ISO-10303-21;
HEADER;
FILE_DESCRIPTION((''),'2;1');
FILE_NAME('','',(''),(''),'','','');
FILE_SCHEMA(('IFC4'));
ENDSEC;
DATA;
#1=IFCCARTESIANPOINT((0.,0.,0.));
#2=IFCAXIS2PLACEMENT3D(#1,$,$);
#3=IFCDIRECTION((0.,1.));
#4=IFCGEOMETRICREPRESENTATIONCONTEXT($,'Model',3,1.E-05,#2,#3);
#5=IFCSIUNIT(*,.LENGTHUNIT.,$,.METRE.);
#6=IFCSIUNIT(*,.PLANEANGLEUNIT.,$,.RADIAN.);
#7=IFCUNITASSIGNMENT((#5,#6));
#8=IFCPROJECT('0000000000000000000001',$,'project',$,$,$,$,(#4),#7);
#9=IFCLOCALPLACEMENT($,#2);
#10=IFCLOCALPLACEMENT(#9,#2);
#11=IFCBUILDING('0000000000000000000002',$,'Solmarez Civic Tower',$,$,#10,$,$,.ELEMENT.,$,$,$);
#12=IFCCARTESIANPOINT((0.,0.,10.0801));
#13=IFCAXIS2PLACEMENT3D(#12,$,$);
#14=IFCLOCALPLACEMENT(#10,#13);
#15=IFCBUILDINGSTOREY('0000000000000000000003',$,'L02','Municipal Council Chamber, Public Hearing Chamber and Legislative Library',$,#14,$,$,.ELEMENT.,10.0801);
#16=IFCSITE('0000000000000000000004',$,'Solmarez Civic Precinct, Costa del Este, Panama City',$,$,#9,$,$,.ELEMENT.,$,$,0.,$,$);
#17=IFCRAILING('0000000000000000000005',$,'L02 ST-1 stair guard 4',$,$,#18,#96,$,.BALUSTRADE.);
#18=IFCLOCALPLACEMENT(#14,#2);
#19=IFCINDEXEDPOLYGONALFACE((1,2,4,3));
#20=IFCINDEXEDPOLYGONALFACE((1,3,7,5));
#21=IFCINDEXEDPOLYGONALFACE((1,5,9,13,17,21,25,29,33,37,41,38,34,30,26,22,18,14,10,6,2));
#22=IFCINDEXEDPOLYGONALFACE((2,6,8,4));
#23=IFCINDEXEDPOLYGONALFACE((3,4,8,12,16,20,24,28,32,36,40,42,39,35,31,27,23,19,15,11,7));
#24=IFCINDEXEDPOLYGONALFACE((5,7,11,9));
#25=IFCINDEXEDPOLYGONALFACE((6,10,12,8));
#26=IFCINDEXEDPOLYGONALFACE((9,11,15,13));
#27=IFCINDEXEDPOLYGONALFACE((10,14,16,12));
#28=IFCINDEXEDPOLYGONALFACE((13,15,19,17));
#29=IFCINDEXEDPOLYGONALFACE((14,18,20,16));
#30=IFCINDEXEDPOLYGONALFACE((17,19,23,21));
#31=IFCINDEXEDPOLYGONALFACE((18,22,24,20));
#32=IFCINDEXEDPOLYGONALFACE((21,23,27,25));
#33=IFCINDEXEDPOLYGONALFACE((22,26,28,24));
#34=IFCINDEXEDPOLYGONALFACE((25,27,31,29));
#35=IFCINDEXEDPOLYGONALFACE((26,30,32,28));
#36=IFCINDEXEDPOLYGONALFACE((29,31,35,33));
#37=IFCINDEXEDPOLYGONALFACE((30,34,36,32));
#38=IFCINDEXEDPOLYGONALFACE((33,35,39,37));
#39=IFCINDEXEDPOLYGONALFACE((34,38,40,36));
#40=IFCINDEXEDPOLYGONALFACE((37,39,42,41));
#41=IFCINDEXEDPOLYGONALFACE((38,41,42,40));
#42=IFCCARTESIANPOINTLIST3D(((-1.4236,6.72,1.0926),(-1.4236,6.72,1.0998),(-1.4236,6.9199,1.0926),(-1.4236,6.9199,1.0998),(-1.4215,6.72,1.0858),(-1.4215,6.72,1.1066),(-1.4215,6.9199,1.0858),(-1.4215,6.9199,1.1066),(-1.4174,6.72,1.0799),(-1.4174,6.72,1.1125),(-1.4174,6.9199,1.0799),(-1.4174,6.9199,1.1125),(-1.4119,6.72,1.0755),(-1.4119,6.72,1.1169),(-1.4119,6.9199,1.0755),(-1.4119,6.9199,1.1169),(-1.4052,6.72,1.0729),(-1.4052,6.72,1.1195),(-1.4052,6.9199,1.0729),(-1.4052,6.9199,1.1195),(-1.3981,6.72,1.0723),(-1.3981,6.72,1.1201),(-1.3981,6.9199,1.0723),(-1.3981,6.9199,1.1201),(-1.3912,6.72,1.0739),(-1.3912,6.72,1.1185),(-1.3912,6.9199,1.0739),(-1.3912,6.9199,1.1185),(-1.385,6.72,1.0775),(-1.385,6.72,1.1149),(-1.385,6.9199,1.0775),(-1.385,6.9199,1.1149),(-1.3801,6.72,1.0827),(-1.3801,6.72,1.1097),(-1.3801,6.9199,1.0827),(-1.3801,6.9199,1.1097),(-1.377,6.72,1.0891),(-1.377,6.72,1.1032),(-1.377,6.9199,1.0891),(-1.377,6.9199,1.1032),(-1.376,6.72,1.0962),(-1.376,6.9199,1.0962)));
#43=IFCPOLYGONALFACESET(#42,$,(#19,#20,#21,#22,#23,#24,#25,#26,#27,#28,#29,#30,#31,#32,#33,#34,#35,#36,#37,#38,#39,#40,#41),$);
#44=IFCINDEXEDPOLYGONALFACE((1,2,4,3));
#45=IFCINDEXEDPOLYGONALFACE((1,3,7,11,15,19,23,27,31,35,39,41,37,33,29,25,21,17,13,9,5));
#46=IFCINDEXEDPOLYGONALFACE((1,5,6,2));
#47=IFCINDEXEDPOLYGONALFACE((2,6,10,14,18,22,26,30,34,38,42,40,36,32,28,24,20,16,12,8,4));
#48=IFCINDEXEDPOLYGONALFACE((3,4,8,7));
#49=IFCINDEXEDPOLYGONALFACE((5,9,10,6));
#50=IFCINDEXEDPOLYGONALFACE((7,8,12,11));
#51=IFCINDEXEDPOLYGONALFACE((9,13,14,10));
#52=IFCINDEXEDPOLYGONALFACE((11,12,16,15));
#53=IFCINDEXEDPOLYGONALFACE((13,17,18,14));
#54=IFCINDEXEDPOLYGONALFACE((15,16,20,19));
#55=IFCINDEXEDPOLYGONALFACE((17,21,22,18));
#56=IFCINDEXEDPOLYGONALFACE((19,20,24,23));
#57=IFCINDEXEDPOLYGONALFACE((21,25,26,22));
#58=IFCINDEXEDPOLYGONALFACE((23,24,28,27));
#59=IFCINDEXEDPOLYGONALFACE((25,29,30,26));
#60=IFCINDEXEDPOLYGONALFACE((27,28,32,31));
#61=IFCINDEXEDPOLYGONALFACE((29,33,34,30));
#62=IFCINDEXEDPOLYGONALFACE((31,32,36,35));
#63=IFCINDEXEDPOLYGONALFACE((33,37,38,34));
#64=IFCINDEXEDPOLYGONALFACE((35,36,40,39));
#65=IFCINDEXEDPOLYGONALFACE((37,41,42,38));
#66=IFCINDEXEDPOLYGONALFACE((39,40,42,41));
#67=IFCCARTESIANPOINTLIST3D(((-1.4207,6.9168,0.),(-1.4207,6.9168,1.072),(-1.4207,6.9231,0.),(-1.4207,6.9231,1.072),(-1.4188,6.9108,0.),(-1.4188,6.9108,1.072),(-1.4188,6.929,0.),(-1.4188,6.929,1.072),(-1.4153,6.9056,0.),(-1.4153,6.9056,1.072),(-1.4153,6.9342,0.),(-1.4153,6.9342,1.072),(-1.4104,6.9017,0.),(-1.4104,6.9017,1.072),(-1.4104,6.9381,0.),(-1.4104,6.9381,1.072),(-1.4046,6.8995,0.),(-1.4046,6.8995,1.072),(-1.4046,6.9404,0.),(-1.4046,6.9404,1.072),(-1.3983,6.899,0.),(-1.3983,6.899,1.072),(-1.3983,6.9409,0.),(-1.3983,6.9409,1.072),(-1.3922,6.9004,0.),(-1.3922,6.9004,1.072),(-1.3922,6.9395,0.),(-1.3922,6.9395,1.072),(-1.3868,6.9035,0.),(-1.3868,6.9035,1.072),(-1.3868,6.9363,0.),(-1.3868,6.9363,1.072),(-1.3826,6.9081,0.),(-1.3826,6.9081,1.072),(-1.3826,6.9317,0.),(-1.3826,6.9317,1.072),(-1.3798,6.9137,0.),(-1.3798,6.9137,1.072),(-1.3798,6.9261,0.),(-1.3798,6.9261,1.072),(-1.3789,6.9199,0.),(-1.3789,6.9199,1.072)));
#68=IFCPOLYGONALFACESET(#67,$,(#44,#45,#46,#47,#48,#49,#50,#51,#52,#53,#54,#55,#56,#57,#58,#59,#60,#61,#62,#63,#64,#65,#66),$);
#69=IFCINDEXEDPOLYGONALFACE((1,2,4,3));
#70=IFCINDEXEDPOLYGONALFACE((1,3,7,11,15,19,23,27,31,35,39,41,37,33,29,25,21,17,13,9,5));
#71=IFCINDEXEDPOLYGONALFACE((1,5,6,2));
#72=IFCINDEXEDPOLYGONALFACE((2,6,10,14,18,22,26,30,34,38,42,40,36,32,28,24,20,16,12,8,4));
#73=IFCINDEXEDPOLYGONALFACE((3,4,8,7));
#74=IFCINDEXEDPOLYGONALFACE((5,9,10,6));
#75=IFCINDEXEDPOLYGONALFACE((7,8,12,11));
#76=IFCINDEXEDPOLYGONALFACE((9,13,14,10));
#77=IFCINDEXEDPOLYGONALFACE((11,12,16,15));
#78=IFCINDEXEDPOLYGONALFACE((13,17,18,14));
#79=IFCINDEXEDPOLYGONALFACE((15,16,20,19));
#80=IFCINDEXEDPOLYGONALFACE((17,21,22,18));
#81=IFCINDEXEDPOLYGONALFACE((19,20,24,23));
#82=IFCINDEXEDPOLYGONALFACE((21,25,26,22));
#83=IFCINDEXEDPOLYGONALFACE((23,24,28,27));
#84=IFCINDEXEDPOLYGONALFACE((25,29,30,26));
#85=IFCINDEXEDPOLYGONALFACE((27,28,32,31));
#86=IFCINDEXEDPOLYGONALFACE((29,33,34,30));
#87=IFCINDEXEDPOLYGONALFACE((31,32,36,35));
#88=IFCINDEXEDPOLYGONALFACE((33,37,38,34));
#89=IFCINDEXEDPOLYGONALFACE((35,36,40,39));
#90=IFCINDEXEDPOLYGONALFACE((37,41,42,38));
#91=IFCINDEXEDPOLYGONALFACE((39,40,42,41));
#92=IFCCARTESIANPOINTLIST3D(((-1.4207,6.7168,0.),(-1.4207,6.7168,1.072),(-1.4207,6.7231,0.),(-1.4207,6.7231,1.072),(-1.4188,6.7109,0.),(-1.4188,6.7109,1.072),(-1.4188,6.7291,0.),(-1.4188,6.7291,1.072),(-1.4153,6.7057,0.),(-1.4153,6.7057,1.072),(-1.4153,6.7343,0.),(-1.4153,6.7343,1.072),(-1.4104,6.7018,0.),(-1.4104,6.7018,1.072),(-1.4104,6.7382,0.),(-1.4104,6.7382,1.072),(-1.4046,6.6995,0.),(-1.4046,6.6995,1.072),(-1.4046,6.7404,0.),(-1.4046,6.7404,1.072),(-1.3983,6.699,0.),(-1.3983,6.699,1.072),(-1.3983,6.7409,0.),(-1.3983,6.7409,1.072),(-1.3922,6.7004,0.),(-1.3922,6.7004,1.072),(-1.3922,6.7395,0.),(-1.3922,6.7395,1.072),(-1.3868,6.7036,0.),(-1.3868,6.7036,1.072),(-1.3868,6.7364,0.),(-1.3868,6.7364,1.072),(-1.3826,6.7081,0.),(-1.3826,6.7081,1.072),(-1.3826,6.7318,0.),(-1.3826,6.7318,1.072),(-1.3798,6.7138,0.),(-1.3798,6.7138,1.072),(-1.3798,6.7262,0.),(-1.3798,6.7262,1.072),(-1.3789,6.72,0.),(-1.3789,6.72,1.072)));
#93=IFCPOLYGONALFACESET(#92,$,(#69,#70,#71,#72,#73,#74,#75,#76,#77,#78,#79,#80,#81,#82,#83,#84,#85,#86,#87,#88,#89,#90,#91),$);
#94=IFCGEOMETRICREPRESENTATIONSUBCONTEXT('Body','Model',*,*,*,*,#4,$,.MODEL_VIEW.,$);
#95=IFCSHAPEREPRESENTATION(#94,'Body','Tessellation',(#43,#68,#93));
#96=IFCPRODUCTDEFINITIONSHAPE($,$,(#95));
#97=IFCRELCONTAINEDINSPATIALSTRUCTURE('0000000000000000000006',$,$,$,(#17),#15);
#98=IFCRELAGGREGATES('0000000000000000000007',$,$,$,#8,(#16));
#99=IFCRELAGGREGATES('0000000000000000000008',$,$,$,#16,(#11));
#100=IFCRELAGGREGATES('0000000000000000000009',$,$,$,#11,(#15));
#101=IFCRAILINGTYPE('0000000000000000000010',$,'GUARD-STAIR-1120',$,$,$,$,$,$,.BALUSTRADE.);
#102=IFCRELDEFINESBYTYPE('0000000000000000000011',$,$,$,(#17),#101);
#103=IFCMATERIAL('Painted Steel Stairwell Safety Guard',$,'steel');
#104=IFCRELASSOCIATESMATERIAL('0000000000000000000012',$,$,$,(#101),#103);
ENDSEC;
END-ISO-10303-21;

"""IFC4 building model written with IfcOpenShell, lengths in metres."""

from ifc_helpers import new_model, si_unit, direction, frame, origin, origin_2d, place, context, subcontext, project, spatial, circle, extrude, material, type_object, element, save


model = new_model("IFC4")

# Units and contexts
model_context = context("Model", 3, precision=1e-05, world=origin(), true_north=direction((0.0, 1.0)))
body_context = subcontext(model_context, "Body", "Model", "MODEL_VIEW")
ifc_project = project(units=[si_unit("LENGTHUNIT", "METRE"), si_unit("PLANEANGLEUNIT", "RADIAN")], contexts=[model_context])

# Site, building, storey
site_placement = place(None, origin())
site = spatial("IfcSite", under=ifc_project, at=site_placement, Name="Solmarez Civic Precinct, Costa del Este, Panama City", CompositionType="ELEMENT", RefElevation=0.0)
building_placement = place(site_placement, origin())
building = spatial("IfcBuilding", under=site, at=building_placement, Name="Solmarez Civic Tower", CompositionType="ELEMENT")
storey_placement = place(building_placement, frame((0.0, 0.0, 10.0801)))
storey = spatial("IfcBuildingStorey", under=building, at=storey_placement, Name="L02", Description="Municipal Council Chamber, Public Hearing Chamber and Legislative Library", CompositionType="ELEMENT", Elevation=10.0801)

# Railing
ifc_material_1 = material(Name="Painted Steel Stairwell Safety Guard", Category="steel")
railing_type_1 = type_object("IfcRailingType", Name="GUARD-STAIR-1120", PredefinedType="BALUSTRADE", material=ifc_material_1)
railing_1_placement = place(storey_placement, frame((-1.3999, 6.9199, 0.0)))
element("IfcRailing", 1, at=railing_1_placement, inside=storey, type_object=railing_type_1, Name="L02 ST-1 stair guard 4", PredefinedType="BALUSTRADE", context=body_context, shape_type="SweptSolid", body=[
    extrude(circle(Radius=0.0239, at=origin_2d()), frame((0.0, 0.0, 1.0962), z_axis=(0.0, -1.0, 0.0), x_axis=(1.0, 0.0, 0.0)), (0.0, 0.0, 1.0), 0.2),
    extrude(circle(Radius=0.021, at=origin_2d()), origin(), (0.0, 0.0, 1.0), 1.072),
    extrude(circle(Radius=0.021, at=origin_2d()), frame((0.0, -0.2, 0.0)), (0.0, 0.0, 1.0), 1.072),
])

save(model, "model.ifc")
